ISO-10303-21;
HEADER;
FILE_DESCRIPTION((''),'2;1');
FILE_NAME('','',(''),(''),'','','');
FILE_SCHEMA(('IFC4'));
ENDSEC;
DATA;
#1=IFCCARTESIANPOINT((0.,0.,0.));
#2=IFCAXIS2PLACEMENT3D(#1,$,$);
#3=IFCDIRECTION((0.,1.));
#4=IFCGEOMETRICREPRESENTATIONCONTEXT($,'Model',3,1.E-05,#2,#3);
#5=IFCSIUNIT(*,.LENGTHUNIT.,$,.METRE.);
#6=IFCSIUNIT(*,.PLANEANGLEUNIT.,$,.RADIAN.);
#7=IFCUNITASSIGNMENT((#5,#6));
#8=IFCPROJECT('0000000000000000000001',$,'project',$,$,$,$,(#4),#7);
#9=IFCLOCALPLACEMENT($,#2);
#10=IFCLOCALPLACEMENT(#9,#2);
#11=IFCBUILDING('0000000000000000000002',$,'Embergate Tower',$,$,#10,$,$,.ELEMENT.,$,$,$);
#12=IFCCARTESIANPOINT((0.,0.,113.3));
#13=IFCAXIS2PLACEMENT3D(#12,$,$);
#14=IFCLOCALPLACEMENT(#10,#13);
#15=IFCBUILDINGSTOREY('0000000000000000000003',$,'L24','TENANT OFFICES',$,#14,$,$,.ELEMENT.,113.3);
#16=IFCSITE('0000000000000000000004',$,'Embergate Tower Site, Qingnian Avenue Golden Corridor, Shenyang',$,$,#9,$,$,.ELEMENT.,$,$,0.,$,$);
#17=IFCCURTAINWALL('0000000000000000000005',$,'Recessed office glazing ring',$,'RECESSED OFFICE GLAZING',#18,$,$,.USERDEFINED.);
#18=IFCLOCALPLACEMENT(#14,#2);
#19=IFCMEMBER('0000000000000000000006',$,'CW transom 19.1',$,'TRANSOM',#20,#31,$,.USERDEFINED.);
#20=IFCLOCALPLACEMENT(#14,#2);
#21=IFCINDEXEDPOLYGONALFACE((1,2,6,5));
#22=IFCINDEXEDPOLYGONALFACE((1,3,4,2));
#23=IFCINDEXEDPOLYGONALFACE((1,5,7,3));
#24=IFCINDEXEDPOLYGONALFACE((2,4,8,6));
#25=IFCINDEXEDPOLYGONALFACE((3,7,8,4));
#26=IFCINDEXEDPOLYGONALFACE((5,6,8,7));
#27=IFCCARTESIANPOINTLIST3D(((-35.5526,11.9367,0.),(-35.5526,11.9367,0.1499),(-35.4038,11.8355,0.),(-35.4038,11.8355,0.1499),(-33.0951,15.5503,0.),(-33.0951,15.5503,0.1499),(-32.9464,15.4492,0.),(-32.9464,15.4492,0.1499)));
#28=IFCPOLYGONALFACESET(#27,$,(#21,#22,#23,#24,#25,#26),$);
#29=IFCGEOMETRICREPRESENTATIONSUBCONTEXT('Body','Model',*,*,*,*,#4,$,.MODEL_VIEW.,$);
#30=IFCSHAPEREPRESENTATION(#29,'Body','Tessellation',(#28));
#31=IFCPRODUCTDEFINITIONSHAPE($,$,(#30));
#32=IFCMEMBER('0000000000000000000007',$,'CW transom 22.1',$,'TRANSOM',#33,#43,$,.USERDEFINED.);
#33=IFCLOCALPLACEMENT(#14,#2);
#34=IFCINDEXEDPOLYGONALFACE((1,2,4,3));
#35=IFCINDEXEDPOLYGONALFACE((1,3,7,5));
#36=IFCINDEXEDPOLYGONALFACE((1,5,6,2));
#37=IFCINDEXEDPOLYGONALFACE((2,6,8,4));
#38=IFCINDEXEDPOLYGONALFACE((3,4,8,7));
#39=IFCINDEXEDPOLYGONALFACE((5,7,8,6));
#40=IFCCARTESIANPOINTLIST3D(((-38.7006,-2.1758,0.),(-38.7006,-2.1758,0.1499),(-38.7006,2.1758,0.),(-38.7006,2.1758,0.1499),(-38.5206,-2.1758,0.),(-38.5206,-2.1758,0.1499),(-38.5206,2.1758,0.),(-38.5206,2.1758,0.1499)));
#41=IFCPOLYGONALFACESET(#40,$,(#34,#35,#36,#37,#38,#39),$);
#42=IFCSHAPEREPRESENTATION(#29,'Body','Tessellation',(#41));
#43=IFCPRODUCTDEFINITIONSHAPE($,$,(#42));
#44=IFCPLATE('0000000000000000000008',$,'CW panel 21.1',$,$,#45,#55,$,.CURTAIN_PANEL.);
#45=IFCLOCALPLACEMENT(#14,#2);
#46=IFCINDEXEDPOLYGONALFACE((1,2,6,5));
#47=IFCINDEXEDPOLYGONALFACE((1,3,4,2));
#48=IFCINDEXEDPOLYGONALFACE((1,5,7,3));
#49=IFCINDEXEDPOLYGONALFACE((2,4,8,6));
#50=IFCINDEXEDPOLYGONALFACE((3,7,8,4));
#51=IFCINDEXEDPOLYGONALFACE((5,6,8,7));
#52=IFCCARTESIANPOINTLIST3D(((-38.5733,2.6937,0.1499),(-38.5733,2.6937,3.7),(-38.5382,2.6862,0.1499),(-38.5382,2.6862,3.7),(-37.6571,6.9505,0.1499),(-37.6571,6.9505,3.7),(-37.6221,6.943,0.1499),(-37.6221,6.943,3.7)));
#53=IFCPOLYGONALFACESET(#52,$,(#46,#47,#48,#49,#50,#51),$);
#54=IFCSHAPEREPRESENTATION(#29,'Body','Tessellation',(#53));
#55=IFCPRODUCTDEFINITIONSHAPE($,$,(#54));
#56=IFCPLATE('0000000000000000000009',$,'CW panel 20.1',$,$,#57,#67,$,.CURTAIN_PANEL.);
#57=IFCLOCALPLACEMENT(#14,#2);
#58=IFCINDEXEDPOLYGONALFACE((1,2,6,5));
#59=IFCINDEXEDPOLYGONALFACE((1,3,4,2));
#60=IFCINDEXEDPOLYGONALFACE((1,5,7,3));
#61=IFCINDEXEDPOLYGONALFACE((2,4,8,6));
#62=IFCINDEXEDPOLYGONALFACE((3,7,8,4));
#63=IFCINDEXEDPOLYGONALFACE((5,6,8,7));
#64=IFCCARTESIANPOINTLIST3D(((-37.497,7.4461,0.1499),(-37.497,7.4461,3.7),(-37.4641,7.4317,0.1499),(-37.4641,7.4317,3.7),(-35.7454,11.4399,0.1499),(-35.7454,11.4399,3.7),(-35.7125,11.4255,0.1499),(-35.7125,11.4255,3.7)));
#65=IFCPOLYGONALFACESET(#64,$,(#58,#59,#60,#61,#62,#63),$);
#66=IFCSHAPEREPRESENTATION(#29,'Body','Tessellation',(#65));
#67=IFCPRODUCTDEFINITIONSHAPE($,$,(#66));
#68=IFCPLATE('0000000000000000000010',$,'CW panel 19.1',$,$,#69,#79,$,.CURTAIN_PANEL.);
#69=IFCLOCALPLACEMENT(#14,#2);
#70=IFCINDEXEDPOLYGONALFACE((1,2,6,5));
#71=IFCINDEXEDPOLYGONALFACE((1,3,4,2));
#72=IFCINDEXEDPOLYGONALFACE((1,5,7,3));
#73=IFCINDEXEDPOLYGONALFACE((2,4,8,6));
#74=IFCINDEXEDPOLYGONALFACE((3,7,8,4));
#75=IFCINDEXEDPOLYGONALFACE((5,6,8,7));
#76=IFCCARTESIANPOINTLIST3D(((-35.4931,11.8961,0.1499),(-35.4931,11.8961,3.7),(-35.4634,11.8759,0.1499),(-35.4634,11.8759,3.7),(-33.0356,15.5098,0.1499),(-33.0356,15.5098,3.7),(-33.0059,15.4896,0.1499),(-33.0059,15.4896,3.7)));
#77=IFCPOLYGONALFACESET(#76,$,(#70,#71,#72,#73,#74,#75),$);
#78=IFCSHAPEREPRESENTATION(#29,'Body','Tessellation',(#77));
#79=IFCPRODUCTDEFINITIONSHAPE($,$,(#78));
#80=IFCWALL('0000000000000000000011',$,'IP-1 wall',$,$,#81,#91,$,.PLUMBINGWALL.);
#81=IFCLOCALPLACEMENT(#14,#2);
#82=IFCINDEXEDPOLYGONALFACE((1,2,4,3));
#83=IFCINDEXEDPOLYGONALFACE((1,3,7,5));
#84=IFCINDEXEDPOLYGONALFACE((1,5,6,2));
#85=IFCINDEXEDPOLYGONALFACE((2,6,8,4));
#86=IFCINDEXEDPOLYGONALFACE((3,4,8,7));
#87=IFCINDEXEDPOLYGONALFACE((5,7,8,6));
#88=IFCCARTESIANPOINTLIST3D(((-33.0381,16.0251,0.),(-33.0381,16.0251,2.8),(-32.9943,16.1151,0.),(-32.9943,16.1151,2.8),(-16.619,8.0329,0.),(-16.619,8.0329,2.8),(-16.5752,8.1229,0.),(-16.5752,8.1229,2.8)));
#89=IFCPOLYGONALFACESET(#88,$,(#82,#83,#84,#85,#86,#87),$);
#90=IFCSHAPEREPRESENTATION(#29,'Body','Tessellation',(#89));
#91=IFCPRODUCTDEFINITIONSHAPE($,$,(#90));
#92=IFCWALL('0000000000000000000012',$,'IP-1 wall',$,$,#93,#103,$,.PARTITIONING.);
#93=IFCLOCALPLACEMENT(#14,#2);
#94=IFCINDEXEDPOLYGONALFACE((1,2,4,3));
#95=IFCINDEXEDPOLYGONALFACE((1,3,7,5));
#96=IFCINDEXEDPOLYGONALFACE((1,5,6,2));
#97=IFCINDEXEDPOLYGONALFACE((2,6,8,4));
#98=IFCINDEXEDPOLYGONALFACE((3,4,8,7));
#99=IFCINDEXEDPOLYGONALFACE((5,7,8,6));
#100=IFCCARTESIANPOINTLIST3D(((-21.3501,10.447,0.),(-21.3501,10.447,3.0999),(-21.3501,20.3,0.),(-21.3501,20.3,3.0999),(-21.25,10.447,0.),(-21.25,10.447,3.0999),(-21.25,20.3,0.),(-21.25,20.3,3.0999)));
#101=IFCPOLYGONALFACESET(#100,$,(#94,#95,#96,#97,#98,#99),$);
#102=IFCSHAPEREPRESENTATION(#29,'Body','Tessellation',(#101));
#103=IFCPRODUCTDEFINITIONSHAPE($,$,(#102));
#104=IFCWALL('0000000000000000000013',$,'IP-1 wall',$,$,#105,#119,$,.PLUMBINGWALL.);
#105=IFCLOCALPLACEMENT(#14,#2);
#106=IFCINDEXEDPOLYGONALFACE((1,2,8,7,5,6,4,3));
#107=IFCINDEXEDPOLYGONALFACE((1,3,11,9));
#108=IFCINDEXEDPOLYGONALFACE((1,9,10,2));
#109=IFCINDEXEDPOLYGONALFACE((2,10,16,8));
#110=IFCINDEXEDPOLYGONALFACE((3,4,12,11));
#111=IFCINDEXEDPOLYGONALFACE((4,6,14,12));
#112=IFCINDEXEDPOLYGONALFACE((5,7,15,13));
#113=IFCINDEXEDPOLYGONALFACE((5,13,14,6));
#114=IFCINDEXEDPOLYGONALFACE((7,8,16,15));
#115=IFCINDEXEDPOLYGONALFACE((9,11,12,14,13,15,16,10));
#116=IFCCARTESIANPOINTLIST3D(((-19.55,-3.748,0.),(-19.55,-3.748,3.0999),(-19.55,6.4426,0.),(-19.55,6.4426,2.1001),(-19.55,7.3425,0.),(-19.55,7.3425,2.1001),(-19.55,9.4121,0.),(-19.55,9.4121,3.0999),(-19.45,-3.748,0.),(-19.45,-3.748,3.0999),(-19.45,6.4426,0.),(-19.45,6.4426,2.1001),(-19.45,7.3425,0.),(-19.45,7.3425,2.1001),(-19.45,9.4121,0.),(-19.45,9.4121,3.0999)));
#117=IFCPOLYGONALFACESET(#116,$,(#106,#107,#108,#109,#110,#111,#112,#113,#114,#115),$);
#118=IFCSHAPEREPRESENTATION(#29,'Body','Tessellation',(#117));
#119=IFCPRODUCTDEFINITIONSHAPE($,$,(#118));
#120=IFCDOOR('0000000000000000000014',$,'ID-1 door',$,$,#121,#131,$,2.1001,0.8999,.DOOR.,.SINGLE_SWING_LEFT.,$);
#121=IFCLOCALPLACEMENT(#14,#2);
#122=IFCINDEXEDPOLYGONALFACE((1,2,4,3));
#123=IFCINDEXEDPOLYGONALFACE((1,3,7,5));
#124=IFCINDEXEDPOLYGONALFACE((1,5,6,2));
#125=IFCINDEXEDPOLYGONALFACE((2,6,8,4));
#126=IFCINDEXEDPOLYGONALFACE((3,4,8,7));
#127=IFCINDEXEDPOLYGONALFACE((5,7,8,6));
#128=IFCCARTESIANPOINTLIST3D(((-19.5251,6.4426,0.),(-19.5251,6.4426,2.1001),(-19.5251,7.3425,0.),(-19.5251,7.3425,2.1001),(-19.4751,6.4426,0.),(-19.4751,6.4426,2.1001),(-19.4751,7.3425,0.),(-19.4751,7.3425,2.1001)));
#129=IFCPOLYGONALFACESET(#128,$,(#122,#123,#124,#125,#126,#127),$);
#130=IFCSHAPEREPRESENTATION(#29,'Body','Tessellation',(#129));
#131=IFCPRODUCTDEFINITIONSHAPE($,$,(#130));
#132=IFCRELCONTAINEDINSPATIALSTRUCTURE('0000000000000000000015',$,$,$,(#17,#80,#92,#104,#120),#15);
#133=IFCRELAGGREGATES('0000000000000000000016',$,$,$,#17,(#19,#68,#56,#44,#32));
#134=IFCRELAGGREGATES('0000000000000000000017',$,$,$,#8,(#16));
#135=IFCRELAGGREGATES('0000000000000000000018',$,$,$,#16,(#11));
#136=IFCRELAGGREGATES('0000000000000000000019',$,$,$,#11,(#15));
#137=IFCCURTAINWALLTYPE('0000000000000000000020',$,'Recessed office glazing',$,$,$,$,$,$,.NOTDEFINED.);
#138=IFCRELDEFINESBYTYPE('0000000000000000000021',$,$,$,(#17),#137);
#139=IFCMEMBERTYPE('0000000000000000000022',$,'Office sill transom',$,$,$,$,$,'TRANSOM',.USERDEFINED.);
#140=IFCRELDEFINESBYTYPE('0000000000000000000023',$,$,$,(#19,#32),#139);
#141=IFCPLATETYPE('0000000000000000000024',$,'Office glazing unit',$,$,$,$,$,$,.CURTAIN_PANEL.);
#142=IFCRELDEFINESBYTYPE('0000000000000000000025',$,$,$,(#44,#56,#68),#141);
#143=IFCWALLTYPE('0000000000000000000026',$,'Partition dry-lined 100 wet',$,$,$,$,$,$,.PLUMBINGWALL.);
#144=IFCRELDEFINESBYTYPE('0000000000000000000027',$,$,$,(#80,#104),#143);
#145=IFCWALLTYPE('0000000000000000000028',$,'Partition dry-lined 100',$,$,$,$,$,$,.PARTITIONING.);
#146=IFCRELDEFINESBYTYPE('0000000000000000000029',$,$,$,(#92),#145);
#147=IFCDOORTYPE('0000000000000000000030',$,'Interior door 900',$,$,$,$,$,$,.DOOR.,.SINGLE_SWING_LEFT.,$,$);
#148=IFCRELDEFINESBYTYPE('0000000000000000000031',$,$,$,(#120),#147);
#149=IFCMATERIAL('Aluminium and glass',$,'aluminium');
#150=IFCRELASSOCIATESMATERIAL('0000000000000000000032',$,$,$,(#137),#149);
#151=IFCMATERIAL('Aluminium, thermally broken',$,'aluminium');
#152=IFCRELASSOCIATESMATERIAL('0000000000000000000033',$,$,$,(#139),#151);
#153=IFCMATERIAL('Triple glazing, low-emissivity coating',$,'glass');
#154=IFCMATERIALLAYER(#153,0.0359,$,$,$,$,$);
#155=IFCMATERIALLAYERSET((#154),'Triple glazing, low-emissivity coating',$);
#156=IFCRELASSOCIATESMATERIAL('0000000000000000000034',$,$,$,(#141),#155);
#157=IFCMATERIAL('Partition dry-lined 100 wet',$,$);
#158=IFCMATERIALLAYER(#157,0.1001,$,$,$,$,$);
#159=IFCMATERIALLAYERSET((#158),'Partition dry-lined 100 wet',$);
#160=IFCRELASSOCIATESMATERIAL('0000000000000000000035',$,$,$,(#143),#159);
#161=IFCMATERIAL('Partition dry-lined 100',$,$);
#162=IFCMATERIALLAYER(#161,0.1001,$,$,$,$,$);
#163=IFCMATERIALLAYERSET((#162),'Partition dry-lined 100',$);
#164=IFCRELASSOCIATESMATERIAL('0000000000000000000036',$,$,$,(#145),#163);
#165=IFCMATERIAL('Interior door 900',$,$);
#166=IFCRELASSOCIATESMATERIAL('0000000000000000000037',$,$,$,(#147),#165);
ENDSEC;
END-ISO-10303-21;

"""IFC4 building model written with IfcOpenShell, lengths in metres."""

from ifc_helpers import new_model, si_unit, direction, frame, frame_2d, origin, origin_2d, place, context, subcontext, project, spatial, rectangle, extrude, source, transform, mapped, material, layer, layer_set, material_profile, profile_set, type_object, element, fill, aggregate, save


model = new_model("IFC4")

# Units and contexts
model_context = context("Model", 3, precision=1e-05, world=origin(), true_north=direction((0.0, 1.0)))
body_context = subcontext(model_context, "Body", "Model", "MODEL_VIEW")
ifc_project = project(units=[si_unit("LENGTHUNIT", "METRE"), si_unit("PLANEANGLEUNIT", "RADIAN")], contexts=[model_context])

# Site, building, storey
site_placement = place(None, origin())
site = spatial("IfcSite", under=ifc_project, at=site_placement, Name="Embergate Tower Site, Qingnian Avenue Golden Corridor, Shenyang", CompositionType="ELEMENT", RefElevation=0.0)
building_placement = place(site_placement, origin())
building = spatial("IfcBuilding", under=site, at=building_placement, Name="Embergate Tower", CompositionType="ELEMENT")
storey_placement = place(building_placement, frame((0.0, 0.0, 113.3)))
storey = spatial("IfcBuildingStorey", under=building, at=storey_placement, Name="L24", Description="TENANT OFFICES", CompositionType="ELEMENT", Elevation=113.3)

# Curtain wall, members, plates
ifc_material_1 = material(Name="Aluminium and glass", Category="aluminium")
curtain_wall_type = type_object("IfcCurtainWallType", Name="Recessed office glazing", PredefinedType="NOTDEFINED", material=ifc_material_1)
curtain_wall_placement = place(storey_placement, origin())
curtain_wall = element("IfcCurtainWall", 1, at=curtain_wall_placement, inside=storey, type_object=curtain_wall_type, Name="Recessed office glazing ring", ObjectType="RECESSED OFFICE GLAZING", PredefinedType="USERDEFINED")
ifc_material_2 = material(Name="Aluminium, thermally broken", Category="aluminium")
ifc_material_profile_1 = material_profile(ifc_material_2, rectangle(XDim=0.1799, YDim=0.1499, at=origin_2d()), Name="AL 150x180")
ifc_profile_set_1 = profile_set([ifc_material_profile_1], Name="Aluminium, thermally broken")
member_type_1 = type_object("IfcMemberType", Name="Office sill transom", ElementType="TRANSOM", PredefinedType="USERDEFINED", material=ifc_profile_set_1)
shared_shape_1 = source(origin(), body_context, "Body", "SweptSolid", [
    extrude(rectangle(XDim=0.1799, YDim=0.1499, at=origin_2d()), origin(), (0.0, 0.0, 1.0), 4.3701),
])
member_1_placement = place(storey_placement, frame((-33.0208, 15.4998, 0.075), z_axis=(-0.562334, -0.82691, 0.0), x_axis=(0.82691, -0.562334, 0.0)))
member_1 = element("IfcMember", 2, at=member_1_placement, type_object=member_type_1, Name="CW transom 19.1", ObjectType="TRANSOM", PredefinedType="USERDEFINED", context=body_context, shape_type="MappedRepresentation", body=[
    mapped(shared_shape_1, transform((0.0, 0.0, 0.0))),
])
shared_shape_2 = source(origin(), body_context, "Body", "SweptSolid", [
    extrude(rectangle(XDim=0.1799, YDim=0.1499, at=origin_2d()), origin(), (0.0, 0.0, 1.0), 4.3516),
])
member_2_placement = place(storey_placement, frame((-38.6106, 2.1758, 0.075), z_axis=(0.0, -1.0, 0.0), x_axis=(1.0, 0.0, 0.0)))
member_2 = element("IfcMember", 3, at=member_2_placement, type_object=member_type_1, Name="CW transom 22.1", ObjectType="TRANSOM", PredefinedType="USERDEFINED", context=body_context, shape_type="MappedRepresentation", body=[
    mapped(shared_shape_2, transform((0.0, 0.0, 0.0))),
])
ifc_material_3 = material(Name="Triple glazing, low-emissivity coating", Category="glass")
ifc_layer_1 = layer(ifc_material_3, 0.0359)
ifc_layer_set_1 = layer_set([ifc_layer_1], Name="Triple glazing, low-emissivity coating")
plate_type = type_object("IfcPlateType", Name="Office glazing unit", PredefinedType="CURTAIN_PANEL", material=ifc_layer_set_1)
shared_shape_3 = source(origin(), body_context, "Body", "SweptSolid", [
    extrude(rectangle(XDim=4.3542, YDim=0.0359, at=origin_2d()), origin(), (0.0, 0.0, 1.0), 3.55),
])
plate_1_placement = place(storey_placement, frame((-38.0977, 4.8184, 0.1499), z_axis=(0.0, 0.0, 1.0), x_axis=(-0.210395, -0.977616, 0.0)))
plate_1 = element("IfcPlate", 4, at=plate_1_placement, type_object=plate_type, Name="CW panel 21.1", PredefinedType="CURTAIN_PANEL", context=body_context, shape_type="MappedRepresentation", body=[
    mapped(shared_shape_3, transform((0.0, 0.0, 0.0))),
])
shared_shape_4 = source(origin(), body_context, "Body", "SweptSolid", [
    extrude(rectangle(XDim=4.3611, YDim=0.0359, at=origin_2d()), origin(), (0.0, 0.0, 1.0), 3.55),
])
plate_2_placement = place(storey_placement, frame((-36.6047, 9.4358, 0.1499), z_axis=(0.0, 0.0, 1.0), x_axis=(-0.401647, -0.915794, 0.0)))
plate_2 = element("IfcPlate", 5, at=plate_2_placement, type_object=plate_type, Name="CW panel 20.1", PredefinedType="CURTAIN_PANEL", context=body_context, shape_type="MappedRepresentation", body=[
    mapped(shared_shape_4, transform((0.0, 0.0, 0.0))),
])
shared_shape_5 = source(origin(), body_context, "Body", "SweptSolid", [
    extrude(rectangle(XDim=4.3701, YDim=0.0359, at=origin_2d()), origin(), (0.0, 0.0, 1.0), 3.55),
])
plate_3_placement = place(storey_placement, frame((-34.2495, 13.6929, 0.1499), z_axis=(0.0, 0.0, 1.0), x_axis=(-0.562337, -0.826908, 0.0)))
plate_3 = element("IfcPlate", 6, at=plate_3_placement, type_object=plate_type, Name="CW panel 19.1", PredefinedType="CURTAIN_PANEL", context=body_context, shape_type="MappedRepresentation", body=[
    mapped(shared_shape_5, transform((0.0, 0.0, 0.0))),
])
aggregate(curtain_wall, [member_1, plate_3, plate_2, plate_1, member_2])

# Walls
ifc_material_4 = material(Name="Partition dry-lined 100 wet")
ifc_layer_2 = layer(ifc_material_4, 0.1001)
ifc_layer_set_2 = layer_set([ifc_layer_2], Name="Partition dry-lined 100 wet")
wall_type_1 = type_object("IfcWallType", Name="Partition dry-lined 100 wet", PredefinedType="PLUMBINGWALL", material=ifc_layer_set_2)
shared_shape_6 = source(origin(), body_context, "Body", "SweptSolid", [
    extrude(rectangle(XDim=18.261, YDim=0.1001, at=frame_2d((9.1304, 0.0))), origin(), (0.0, 0.0, 1.0), 2.8),
])
wall_1_placement = place(storey_placement, frame((-33.0161, 16.0701, 0.0), z_axis=(0.0, 0.0, 1.0), x_axis=(0.899139, -0.437664, 0.0)))
element("IfcWall", 7, at=wall_1_placement, inside=storey, type_object=wall_type_1, Name="IP-1 wall", PredefinedType="PLUMBINGWALL", context=body_context, shape_type="MappedRepresentation", body=[
    mapped(shared_shape_6, transform((0.0, 0.0, 0.0))),
])
ifc_material_5 = material(Name="Partition dry-lined 100")
ifc_layer_3 = layer(ifc_material_5, 0.1001)
ifc_layer_set_3 = layer_set([ifc_layer_3], Name="Partition dry-lined 100")
wall_type_2 = type_object("IfcWallType", Name="Partition dry-lined 100", PredefinedType="PARTITIONING", material=ifc_layer_set_3)
shared_shape_7 = source(origin(), body_context, "Body", "SweptSolid", [
    extrude(rectangle(XDim=9.853, YDim=0.1001, at=frame_2d((4.9265, 0.0))), origin(), (0.0, 0.0, 1.0), 3.0999),
])
wall_2_placement = place(storey_placement, frame((-21.3, 10.447, 0.0), z_axis=(0.0, 0.0, 1.0), x_axis=(0.0, 1.0, 0.0)))
element("IfcWall", 8, at=wall_2_placement, inside=storey, type_object=wall_type_2, Name="IP-1 wall", PredefinedType="PARTITIONING", context=body_context, shape_type="MappedRepresentation", body=[
    mapped(shared_shape_7, transform((0.0, 0.0, 0.0))),
])

# Wall, opening, door
shared_shape_8 = source(origin(), body_context, "Body", "SweptSolid", [
    extrude(rectangle(XDim=13.1602, YDim=0.1001, at=frame_2d((6.5801, 0.0))), origin(), (0.0, 0.0, 1.0), 3.0999),
])
wall_3_placement = place(storey_placement, frame((-19.5, 9.4121, 0.0), z_axis=(0.0, 0.0, 1.0), x_axis=(0.0, -1.0, 0.0)))
wall_3 = element("IfcWall", 9, at=wall_3_placement, inside=storey, type_object=wall_type_1, Name="IP-1 wall", PredefinedType="PLUMBINGWALL", context=body_context, shape_type="MappedRepresentation", body=[
    mapped(shared_shape_8, transform((0.0, 0.0, 0.0))),
])
shared_shape_9 = source(origin(), body_context, "Body", "SweptSolid", [
    extrude(rectangle(XDim=0.8999, YDim=2.1001, at=frame_2d((0.45, 1.05))), frame((0.0, 0.0601, 0.0), z_axis=(0.0, -1.0, 0.0), x_axis=(1.0, 0.0, 0.0)), (0.0, 0.0, 1.0), 0.1201),
])
opening_placement = place(wall_3_placement, frame((2.0696, 0.0, 0.0)))
opening = element("IfcOpeningElement", 10, at=opening_placement, cuts=wall_3, PredefinedType="OPENING", context=body_context, shape_type="MappedRepresentation", body=[
    mapped(shared_shape_9, transform((0.0, 0.0, 0.0))),
])
ifc_material_6 = material(Name="Interior door 900")
door_type = type_object("IfcDoorType", Name="Interior door 900", OperationType="SINGLE_SWING_LEFT", PredefinedType="DOOR", material=ifc_material_6)
shared_shape_10 = source(origin(), body_context, "Body", "SweptSolid", [
    extrude(rectangle(XDim=0.8999, YDim=2.1001, at=frame_2d((0.45, 1.05))), frame((0.0, 0.0249, 0.0), z_axis=(0.0, -1.0, 0.0), x_axis=(1.0, 0.0, 0.0)), (0.0, 0.0, 1.0), 0.05),
])
door_placement = place(opening_placement, origin())
door = element("IfcDoor", 11, at=door_placement, inside=storey, type_object=door_type, Name="ID-1 door", OperationType="SINGLE_SWING_LEFT", OverallHeight=2.1001, OverallWidth=0.8999, PredefinedType="DOOR", context=body_context, shape_type="MappedRepresentation", body=[
    mapped(shared_shape_10, transform((0.0, 0.0, 0.0))),
])
fill(opening, door)

save(model, "model.ifc")
